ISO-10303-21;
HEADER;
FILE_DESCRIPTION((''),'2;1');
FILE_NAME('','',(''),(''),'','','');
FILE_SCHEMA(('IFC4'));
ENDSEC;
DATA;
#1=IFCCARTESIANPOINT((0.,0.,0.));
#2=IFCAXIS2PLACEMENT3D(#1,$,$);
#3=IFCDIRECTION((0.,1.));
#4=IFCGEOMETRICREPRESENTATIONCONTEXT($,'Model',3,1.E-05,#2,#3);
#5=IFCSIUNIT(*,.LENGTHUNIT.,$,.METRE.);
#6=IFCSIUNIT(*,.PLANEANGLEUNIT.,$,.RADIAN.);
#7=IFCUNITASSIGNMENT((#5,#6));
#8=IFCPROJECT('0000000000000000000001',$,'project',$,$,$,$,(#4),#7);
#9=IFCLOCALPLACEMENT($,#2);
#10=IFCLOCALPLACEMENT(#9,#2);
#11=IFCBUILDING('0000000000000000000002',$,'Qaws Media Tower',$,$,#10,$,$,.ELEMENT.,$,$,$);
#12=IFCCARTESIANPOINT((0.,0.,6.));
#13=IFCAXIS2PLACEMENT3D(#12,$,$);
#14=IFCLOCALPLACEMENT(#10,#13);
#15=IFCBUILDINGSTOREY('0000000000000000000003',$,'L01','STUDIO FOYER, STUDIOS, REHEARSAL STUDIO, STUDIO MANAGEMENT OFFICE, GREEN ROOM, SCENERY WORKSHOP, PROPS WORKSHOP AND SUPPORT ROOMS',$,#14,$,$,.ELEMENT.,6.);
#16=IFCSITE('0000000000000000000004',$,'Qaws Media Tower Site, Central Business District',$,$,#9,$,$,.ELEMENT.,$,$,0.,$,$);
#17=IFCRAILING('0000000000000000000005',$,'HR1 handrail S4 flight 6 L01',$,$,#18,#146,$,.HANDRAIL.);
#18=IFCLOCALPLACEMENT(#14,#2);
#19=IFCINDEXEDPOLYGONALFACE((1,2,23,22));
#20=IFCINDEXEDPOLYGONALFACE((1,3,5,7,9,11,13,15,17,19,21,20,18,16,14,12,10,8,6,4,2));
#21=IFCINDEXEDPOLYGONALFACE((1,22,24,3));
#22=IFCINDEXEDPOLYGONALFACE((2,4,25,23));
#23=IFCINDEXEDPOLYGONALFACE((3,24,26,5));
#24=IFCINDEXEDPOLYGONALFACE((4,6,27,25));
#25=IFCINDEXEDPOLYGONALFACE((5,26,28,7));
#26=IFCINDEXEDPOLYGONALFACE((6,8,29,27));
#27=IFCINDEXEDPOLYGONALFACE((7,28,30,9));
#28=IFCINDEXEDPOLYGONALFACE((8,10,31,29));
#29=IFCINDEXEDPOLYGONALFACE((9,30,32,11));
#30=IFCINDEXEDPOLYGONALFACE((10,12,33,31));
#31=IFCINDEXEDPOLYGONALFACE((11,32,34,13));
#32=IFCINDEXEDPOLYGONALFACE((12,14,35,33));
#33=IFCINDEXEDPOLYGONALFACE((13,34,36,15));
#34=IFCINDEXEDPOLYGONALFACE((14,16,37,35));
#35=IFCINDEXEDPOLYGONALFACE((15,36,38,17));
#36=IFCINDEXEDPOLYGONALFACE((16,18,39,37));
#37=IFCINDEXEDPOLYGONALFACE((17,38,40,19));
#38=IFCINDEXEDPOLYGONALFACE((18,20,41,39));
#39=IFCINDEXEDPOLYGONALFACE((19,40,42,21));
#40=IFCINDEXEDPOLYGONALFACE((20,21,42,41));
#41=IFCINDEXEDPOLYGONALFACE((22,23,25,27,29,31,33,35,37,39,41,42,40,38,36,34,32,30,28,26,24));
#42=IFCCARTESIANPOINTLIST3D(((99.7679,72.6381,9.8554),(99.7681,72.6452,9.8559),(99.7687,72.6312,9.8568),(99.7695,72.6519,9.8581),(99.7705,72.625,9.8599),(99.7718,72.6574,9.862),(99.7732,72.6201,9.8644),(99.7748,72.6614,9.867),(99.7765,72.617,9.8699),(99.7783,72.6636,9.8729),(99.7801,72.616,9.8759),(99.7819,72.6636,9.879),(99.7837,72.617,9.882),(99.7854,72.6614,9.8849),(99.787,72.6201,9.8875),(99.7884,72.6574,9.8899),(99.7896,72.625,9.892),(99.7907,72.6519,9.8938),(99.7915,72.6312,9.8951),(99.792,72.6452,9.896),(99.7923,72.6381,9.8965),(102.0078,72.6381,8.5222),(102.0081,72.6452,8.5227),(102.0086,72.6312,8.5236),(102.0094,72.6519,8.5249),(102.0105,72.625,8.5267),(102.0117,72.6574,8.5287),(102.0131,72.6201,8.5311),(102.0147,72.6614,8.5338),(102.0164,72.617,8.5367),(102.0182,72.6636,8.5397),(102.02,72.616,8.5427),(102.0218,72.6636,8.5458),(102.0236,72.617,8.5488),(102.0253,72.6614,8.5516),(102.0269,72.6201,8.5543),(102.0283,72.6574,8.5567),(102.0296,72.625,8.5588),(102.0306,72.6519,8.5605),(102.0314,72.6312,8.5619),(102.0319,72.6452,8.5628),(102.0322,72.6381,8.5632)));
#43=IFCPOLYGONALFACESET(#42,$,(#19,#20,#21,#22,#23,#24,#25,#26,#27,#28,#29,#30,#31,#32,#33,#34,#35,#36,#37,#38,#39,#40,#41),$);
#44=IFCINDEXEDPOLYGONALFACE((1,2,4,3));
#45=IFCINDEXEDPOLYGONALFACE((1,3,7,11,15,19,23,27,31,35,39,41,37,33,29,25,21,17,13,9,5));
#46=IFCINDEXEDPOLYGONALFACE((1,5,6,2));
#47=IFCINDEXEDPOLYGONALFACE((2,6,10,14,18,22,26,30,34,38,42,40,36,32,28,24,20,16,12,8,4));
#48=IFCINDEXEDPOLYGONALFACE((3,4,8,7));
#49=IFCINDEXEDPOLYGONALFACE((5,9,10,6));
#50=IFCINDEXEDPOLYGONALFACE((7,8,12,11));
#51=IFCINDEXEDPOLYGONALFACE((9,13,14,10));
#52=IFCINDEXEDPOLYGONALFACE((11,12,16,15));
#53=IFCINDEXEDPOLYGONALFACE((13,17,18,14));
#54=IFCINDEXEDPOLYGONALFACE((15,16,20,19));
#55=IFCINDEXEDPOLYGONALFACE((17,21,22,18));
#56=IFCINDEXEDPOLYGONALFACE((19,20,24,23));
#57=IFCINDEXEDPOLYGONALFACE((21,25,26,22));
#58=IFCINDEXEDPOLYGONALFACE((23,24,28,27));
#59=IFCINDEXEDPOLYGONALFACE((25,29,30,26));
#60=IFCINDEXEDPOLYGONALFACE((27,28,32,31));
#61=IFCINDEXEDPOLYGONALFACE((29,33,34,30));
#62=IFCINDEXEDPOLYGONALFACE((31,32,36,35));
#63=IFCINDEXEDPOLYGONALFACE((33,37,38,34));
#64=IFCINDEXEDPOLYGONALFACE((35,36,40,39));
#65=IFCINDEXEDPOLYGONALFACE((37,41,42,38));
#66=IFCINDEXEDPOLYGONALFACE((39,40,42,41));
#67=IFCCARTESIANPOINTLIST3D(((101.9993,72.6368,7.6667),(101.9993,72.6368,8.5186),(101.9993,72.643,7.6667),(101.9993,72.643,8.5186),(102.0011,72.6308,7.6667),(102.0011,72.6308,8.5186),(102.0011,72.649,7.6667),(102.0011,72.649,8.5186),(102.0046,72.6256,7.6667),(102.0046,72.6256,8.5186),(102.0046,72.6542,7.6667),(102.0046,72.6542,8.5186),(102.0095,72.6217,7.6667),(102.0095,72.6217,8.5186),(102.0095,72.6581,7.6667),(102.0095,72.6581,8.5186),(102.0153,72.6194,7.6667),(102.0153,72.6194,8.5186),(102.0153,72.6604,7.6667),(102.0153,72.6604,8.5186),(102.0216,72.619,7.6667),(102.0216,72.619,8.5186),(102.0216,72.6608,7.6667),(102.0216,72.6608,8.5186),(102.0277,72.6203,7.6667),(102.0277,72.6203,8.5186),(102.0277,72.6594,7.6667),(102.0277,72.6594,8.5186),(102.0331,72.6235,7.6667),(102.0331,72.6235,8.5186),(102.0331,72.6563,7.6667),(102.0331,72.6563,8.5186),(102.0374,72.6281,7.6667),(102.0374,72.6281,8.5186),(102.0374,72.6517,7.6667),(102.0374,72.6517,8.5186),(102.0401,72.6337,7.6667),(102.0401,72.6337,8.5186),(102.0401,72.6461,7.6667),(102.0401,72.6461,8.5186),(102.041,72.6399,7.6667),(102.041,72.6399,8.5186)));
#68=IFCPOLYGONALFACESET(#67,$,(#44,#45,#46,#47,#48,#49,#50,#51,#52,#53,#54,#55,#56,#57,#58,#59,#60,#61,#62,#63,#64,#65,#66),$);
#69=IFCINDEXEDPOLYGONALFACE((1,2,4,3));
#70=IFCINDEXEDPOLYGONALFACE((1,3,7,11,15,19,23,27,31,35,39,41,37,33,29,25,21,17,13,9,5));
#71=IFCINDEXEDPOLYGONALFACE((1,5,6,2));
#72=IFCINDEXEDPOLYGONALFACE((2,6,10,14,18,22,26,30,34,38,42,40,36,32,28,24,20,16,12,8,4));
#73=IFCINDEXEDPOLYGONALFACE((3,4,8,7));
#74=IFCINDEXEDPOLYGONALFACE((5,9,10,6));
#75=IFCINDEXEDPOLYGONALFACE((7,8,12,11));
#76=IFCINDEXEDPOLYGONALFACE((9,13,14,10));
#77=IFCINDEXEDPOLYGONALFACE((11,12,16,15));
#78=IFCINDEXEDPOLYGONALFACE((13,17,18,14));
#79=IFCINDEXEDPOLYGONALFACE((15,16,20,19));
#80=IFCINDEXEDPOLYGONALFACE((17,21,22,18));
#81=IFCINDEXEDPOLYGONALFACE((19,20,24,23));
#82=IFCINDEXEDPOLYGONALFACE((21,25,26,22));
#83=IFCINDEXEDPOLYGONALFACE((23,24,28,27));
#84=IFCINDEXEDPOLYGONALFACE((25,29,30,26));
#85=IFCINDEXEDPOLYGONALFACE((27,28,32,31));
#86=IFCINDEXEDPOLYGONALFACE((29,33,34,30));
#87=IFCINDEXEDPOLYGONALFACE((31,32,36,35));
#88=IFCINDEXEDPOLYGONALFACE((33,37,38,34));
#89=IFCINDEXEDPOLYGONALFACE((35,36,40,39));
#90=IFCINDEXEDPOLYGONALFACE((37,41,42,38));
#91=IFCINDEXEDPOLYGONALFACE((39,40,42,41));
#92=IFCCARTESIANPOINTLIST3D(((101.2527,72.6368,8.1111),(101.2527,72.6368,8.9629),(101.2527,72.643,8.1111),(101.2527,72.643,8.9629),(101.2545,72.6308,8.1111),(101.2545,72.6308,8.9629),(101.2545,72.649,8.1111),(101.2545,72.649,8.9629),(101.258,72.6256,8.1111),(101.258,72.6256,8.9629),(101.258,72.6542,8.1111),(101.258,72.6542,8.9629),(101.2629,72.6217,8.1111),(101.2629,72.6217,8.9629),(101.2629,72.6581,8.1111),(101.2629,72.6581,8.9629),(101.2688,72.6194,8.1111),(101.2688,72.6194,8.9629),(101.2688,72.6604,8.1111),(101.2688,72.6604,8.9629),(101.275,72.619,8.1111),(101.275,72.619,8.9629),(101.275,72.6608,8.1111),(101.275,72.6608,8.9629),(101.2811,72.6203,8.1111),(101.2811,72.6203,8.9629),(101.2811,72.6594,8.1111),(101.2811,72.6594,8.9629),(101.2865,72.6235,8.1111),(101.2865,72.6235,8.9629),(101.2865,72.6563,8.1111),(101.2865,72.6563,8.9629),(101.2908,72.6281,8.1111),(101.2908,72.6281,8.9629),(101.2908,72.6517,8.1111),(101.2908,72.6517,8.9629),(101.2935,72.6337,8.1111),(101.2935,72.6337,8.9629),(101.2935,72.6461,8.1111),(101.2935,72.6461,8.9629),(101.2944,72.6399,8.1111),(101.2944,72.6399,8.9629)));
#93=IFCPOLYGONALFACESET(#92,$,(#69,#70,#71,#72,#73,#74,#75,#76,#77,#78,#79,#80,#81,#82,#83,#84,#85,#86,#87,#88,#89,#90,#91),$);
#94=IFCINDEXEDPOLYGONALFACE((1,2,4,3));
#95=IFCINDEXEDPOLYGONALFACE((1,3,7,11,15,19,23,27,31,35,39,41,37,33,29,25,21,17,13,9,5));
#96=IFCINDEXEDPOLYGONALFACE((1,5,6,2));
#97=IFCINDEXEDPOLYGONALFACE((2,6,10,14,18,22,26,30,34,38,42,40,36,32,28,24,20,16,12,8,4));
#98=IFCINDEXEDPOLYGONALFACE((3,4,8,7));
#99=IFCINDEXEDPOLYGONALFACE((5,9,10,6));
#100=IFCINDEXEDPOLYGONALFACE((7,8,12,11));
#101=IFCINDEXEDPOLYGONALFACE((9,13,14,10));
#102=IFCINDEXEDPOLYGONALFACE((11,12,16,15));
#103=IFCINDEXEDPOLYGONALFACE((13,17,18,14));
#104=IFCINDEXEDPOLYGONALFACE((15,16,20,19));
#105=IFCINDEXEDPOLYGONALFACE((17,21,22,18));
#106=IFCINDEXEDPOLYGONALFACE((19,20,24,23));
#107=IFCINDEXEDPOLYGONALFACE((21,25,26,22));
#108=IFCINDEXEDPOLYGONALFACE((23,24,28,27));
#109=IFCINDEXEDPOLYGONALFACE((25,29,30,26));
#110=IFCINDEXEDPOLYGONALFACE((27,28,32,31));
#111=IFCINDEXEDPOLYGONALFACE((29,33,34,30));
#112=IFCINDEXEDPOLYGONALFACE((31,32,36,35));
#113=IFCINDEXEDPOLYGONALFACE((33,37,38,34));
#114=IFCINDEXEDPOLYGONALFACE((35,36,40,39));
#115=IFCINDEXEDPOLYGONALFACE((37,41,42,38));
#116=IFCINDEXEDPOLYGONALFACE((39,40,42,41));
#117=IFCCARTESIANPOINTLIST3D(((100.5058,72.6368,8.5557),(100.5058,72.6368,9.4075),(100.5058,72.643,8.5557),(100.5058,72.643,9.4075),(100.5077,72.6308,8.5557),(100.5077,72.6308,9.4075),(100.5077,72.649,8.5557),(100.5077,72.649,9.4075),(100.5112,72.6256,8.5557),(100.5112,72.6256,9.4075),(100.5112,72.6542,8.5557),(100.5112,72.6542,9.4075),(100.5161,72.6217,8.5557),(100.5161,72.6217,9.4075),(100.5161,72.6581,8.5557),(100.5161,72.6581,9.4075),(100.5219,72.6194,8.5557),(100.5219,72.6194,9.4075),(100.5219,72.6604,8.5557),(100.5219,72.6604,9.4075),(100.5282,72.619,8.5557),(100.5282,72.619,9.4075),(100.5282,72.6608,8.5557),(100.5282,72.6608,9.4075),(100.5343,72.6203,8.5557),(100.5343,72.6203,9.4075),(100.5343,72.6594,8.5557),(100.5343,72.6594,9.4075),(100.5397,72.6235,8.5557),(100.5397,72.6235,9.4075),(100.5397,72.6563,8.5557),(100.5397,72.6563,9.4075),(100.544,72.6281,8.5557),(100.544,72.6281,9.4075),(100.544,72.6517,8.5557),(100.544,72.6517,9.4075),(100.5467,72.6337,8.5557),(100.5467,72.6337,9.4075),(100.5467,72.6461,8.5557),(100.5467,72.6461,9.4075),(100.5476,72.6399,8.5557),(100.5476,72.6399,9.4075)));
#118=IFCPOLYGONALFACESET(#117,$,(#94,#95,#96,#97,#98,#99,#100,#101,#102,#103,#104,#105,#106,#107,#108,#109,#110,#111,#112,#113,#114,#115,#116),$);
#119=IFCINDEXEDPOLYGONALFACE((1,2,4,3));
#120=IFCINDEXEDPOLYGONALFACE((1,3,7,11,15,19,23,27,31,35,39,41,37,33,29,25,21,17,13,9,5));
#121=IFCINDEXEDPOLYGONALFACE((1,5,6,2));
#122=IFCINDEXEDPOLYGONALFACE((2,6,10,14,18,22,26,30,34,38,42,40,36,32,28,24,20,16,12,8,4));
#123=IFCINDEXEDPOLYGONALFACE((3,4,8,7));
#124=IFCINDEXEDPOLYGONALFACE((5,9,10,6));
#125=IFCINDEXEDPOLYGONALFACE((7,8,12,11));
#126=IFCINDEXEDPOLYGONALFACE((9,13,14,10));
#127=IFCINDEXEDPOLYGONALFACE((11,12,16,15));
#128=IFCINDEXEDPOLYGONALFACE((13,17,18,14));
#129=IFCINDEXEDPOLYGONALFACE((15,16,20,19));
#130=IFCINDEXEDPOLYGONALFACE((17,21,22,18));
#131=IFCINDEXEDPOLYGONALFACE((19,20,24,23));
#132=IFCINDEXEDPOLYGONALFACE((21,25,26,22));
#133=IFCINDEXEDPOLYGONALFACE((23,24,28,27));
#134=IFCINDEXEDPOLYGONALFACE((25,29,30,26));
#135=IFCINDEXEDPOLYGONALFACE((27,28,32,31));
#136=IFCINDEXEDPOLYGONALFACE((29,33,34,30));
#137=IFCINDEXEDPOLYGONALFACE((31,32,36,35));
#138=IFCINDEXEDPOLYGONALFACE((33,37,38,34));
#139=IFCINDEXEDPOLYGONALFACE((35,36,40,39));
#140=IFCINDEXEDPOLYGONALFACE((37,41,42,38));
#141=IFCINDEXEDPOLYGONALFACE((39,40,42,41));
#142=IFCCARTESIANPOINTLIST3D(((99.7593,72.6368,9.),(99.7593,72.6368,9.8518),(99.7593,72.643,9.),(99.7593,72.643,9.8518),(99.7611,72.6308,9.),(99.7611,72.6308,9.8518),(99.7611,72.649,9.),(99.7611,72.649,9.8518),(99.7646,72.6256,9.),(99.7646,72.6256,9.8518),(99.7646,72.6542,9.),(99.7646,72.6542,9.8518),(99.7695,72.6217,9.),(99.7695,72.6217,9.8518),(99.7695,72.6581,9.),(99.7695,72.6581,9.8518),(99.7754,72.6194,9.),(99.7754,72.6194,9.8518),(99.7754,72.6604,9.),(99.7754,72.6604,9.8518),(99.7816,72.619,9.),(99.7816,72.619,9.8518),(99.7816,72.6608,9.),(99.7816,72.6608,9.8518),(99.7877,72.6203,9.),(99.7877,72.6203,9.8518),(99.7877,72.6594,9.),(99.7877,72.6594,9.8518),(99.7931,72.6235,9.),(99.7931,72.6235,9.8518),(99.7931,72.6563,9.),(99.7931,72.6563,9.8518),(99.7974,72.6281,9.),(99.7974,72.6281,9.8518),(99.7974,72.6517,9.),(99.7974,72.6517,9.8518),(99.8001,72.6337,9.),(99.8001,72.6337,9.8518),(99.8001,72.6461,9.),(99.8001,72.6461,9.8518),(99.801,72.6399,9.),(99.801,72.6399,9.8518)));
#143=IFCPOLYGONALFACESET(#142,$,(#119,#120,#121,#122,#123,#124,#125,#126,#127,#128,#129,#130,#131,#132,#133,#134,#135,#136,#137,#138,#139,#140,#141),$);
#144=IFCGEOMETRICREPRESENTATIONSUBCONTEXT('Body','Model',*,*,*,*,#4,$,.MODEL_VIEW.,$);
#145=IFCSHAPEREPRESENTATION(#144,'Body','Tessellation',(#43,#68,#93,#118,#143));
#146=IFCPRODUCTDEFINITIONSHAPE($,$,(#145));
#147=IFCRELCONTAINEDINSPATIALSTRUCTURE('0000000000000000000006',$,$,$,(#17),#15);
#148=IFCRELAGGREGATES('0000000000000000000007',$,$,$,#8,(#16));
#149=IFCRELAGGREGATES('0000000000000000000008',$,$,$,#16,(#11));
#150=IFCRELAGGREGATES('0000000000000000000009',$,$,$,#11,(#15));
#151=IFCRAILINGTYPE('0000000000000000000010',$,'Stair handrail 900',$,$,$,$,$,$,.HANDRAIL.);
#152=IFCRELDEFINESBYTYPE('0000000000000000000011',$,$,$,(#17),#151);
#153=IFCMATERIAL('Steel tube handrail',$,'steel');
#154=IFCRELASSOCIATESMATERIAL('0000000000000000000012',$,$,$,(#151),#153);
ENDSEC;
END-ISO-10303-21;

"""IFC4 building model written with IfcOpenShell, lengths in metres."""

from ifc_helpers import new_model, si_unit, direction, frame, origin, origin_2d, place, context, subcontext, project, spatial, circle, extrude, material, type_object, element, save


model = new_model("IFC4")

# Units and contexts
model_context = context("Model", 3, precision=1e-05, world=origin(), true_north=direction((0.0, 1.0)))
body_context = subcontext(model_context, "Body", "Model", "MODEL_VIEW")
ifc_project = project(units=[si_unit("LENGTHUNIT", "METRE"), si_unit("PLANEANGLEUNIT", "RADIAN")], contexts=[model_context])

# Site, building, storey
site_placement = place(None, origin())
site = spatial("IfcSite", under=ifc_project, at=site_placement, Name="Qaws Media Tower Site, Central Business District", CompositionType="ELEMENT", RefElevation=0.0)
building_placement = place(site_placement, origin())
building = spatial("IfcBuilding", under=site, at=building_placement, Name="Qaws Media Tower", CompositionType="ELEMENT")
storey_placement = place(building_placement, frame((0.0, 0.0, 6.0)))
storey = spatial("IfcBuildingStorey", under=building, at=storey_placement, Name="L01", Description="STUDIO FOYER, STUDIOS, REHEARSAL STUDIO, STUDIO MANAGEMENT OFFICE, GREEN ROOM, SCENERY WORKSHOP, PROPS WORKSHOP AND SUPPORT ROOMS", CompositionType="ELEMENT", Elevation=6.0)

# Railing
ifc_material_1 = material(Name="Steel tube handrail", Category="steel")
railing_type = type_object("IfcRailingType", Name="Stair handrail 900", PredefinedType="HANDRAIL", material=ifc_material_1)
for number, where, name in (
    (1, (102.02, 72.6399, 7.6667), "HR1 handrail S4 flight 6 L01"),
):
    element("IfcRailing", number, at=place(storey_placement, frame(where)), inside=storey, type_object=railing_type, Name=name, PredefinedType="HANDRAIL", context=body_context, shape_type="SweptSolid", body=[
        extrude(circle(Radius=0.0239, at=origin_2d()), frame((0.0, 0.0, 0.876), z_axis=(-0.859306, 0.0, 0.511462), x_axis=(0.0, -1.0, 0.0)), (0.0, 0.0, 1.0), 2.6067),
        extrude(circle(Radius=0.021, at=origin_2d()), origin(), (0.0, 0.0, 1.0), 0.8518),
        extrude(circle(Radius=0.021, at=origin_2d()), frame((-0.7466, 0.0, 0.4443)), (0.0, 0.0, 1.0), 0.8518),
        extrude(circle(Radius=0.021, at=origin_2d()), frame((-1.4934, 0.0, 0.8889)), (0.0, 0.0, 1.0), 0.8518),
        extrude(circle(Radius=0.021, at=origin_2d()), frame((-2.24, 0.0, 1.3333)), (0.0, 0.0, 1.0), 0.8518),
    ])

save(model, "model.ifc")
